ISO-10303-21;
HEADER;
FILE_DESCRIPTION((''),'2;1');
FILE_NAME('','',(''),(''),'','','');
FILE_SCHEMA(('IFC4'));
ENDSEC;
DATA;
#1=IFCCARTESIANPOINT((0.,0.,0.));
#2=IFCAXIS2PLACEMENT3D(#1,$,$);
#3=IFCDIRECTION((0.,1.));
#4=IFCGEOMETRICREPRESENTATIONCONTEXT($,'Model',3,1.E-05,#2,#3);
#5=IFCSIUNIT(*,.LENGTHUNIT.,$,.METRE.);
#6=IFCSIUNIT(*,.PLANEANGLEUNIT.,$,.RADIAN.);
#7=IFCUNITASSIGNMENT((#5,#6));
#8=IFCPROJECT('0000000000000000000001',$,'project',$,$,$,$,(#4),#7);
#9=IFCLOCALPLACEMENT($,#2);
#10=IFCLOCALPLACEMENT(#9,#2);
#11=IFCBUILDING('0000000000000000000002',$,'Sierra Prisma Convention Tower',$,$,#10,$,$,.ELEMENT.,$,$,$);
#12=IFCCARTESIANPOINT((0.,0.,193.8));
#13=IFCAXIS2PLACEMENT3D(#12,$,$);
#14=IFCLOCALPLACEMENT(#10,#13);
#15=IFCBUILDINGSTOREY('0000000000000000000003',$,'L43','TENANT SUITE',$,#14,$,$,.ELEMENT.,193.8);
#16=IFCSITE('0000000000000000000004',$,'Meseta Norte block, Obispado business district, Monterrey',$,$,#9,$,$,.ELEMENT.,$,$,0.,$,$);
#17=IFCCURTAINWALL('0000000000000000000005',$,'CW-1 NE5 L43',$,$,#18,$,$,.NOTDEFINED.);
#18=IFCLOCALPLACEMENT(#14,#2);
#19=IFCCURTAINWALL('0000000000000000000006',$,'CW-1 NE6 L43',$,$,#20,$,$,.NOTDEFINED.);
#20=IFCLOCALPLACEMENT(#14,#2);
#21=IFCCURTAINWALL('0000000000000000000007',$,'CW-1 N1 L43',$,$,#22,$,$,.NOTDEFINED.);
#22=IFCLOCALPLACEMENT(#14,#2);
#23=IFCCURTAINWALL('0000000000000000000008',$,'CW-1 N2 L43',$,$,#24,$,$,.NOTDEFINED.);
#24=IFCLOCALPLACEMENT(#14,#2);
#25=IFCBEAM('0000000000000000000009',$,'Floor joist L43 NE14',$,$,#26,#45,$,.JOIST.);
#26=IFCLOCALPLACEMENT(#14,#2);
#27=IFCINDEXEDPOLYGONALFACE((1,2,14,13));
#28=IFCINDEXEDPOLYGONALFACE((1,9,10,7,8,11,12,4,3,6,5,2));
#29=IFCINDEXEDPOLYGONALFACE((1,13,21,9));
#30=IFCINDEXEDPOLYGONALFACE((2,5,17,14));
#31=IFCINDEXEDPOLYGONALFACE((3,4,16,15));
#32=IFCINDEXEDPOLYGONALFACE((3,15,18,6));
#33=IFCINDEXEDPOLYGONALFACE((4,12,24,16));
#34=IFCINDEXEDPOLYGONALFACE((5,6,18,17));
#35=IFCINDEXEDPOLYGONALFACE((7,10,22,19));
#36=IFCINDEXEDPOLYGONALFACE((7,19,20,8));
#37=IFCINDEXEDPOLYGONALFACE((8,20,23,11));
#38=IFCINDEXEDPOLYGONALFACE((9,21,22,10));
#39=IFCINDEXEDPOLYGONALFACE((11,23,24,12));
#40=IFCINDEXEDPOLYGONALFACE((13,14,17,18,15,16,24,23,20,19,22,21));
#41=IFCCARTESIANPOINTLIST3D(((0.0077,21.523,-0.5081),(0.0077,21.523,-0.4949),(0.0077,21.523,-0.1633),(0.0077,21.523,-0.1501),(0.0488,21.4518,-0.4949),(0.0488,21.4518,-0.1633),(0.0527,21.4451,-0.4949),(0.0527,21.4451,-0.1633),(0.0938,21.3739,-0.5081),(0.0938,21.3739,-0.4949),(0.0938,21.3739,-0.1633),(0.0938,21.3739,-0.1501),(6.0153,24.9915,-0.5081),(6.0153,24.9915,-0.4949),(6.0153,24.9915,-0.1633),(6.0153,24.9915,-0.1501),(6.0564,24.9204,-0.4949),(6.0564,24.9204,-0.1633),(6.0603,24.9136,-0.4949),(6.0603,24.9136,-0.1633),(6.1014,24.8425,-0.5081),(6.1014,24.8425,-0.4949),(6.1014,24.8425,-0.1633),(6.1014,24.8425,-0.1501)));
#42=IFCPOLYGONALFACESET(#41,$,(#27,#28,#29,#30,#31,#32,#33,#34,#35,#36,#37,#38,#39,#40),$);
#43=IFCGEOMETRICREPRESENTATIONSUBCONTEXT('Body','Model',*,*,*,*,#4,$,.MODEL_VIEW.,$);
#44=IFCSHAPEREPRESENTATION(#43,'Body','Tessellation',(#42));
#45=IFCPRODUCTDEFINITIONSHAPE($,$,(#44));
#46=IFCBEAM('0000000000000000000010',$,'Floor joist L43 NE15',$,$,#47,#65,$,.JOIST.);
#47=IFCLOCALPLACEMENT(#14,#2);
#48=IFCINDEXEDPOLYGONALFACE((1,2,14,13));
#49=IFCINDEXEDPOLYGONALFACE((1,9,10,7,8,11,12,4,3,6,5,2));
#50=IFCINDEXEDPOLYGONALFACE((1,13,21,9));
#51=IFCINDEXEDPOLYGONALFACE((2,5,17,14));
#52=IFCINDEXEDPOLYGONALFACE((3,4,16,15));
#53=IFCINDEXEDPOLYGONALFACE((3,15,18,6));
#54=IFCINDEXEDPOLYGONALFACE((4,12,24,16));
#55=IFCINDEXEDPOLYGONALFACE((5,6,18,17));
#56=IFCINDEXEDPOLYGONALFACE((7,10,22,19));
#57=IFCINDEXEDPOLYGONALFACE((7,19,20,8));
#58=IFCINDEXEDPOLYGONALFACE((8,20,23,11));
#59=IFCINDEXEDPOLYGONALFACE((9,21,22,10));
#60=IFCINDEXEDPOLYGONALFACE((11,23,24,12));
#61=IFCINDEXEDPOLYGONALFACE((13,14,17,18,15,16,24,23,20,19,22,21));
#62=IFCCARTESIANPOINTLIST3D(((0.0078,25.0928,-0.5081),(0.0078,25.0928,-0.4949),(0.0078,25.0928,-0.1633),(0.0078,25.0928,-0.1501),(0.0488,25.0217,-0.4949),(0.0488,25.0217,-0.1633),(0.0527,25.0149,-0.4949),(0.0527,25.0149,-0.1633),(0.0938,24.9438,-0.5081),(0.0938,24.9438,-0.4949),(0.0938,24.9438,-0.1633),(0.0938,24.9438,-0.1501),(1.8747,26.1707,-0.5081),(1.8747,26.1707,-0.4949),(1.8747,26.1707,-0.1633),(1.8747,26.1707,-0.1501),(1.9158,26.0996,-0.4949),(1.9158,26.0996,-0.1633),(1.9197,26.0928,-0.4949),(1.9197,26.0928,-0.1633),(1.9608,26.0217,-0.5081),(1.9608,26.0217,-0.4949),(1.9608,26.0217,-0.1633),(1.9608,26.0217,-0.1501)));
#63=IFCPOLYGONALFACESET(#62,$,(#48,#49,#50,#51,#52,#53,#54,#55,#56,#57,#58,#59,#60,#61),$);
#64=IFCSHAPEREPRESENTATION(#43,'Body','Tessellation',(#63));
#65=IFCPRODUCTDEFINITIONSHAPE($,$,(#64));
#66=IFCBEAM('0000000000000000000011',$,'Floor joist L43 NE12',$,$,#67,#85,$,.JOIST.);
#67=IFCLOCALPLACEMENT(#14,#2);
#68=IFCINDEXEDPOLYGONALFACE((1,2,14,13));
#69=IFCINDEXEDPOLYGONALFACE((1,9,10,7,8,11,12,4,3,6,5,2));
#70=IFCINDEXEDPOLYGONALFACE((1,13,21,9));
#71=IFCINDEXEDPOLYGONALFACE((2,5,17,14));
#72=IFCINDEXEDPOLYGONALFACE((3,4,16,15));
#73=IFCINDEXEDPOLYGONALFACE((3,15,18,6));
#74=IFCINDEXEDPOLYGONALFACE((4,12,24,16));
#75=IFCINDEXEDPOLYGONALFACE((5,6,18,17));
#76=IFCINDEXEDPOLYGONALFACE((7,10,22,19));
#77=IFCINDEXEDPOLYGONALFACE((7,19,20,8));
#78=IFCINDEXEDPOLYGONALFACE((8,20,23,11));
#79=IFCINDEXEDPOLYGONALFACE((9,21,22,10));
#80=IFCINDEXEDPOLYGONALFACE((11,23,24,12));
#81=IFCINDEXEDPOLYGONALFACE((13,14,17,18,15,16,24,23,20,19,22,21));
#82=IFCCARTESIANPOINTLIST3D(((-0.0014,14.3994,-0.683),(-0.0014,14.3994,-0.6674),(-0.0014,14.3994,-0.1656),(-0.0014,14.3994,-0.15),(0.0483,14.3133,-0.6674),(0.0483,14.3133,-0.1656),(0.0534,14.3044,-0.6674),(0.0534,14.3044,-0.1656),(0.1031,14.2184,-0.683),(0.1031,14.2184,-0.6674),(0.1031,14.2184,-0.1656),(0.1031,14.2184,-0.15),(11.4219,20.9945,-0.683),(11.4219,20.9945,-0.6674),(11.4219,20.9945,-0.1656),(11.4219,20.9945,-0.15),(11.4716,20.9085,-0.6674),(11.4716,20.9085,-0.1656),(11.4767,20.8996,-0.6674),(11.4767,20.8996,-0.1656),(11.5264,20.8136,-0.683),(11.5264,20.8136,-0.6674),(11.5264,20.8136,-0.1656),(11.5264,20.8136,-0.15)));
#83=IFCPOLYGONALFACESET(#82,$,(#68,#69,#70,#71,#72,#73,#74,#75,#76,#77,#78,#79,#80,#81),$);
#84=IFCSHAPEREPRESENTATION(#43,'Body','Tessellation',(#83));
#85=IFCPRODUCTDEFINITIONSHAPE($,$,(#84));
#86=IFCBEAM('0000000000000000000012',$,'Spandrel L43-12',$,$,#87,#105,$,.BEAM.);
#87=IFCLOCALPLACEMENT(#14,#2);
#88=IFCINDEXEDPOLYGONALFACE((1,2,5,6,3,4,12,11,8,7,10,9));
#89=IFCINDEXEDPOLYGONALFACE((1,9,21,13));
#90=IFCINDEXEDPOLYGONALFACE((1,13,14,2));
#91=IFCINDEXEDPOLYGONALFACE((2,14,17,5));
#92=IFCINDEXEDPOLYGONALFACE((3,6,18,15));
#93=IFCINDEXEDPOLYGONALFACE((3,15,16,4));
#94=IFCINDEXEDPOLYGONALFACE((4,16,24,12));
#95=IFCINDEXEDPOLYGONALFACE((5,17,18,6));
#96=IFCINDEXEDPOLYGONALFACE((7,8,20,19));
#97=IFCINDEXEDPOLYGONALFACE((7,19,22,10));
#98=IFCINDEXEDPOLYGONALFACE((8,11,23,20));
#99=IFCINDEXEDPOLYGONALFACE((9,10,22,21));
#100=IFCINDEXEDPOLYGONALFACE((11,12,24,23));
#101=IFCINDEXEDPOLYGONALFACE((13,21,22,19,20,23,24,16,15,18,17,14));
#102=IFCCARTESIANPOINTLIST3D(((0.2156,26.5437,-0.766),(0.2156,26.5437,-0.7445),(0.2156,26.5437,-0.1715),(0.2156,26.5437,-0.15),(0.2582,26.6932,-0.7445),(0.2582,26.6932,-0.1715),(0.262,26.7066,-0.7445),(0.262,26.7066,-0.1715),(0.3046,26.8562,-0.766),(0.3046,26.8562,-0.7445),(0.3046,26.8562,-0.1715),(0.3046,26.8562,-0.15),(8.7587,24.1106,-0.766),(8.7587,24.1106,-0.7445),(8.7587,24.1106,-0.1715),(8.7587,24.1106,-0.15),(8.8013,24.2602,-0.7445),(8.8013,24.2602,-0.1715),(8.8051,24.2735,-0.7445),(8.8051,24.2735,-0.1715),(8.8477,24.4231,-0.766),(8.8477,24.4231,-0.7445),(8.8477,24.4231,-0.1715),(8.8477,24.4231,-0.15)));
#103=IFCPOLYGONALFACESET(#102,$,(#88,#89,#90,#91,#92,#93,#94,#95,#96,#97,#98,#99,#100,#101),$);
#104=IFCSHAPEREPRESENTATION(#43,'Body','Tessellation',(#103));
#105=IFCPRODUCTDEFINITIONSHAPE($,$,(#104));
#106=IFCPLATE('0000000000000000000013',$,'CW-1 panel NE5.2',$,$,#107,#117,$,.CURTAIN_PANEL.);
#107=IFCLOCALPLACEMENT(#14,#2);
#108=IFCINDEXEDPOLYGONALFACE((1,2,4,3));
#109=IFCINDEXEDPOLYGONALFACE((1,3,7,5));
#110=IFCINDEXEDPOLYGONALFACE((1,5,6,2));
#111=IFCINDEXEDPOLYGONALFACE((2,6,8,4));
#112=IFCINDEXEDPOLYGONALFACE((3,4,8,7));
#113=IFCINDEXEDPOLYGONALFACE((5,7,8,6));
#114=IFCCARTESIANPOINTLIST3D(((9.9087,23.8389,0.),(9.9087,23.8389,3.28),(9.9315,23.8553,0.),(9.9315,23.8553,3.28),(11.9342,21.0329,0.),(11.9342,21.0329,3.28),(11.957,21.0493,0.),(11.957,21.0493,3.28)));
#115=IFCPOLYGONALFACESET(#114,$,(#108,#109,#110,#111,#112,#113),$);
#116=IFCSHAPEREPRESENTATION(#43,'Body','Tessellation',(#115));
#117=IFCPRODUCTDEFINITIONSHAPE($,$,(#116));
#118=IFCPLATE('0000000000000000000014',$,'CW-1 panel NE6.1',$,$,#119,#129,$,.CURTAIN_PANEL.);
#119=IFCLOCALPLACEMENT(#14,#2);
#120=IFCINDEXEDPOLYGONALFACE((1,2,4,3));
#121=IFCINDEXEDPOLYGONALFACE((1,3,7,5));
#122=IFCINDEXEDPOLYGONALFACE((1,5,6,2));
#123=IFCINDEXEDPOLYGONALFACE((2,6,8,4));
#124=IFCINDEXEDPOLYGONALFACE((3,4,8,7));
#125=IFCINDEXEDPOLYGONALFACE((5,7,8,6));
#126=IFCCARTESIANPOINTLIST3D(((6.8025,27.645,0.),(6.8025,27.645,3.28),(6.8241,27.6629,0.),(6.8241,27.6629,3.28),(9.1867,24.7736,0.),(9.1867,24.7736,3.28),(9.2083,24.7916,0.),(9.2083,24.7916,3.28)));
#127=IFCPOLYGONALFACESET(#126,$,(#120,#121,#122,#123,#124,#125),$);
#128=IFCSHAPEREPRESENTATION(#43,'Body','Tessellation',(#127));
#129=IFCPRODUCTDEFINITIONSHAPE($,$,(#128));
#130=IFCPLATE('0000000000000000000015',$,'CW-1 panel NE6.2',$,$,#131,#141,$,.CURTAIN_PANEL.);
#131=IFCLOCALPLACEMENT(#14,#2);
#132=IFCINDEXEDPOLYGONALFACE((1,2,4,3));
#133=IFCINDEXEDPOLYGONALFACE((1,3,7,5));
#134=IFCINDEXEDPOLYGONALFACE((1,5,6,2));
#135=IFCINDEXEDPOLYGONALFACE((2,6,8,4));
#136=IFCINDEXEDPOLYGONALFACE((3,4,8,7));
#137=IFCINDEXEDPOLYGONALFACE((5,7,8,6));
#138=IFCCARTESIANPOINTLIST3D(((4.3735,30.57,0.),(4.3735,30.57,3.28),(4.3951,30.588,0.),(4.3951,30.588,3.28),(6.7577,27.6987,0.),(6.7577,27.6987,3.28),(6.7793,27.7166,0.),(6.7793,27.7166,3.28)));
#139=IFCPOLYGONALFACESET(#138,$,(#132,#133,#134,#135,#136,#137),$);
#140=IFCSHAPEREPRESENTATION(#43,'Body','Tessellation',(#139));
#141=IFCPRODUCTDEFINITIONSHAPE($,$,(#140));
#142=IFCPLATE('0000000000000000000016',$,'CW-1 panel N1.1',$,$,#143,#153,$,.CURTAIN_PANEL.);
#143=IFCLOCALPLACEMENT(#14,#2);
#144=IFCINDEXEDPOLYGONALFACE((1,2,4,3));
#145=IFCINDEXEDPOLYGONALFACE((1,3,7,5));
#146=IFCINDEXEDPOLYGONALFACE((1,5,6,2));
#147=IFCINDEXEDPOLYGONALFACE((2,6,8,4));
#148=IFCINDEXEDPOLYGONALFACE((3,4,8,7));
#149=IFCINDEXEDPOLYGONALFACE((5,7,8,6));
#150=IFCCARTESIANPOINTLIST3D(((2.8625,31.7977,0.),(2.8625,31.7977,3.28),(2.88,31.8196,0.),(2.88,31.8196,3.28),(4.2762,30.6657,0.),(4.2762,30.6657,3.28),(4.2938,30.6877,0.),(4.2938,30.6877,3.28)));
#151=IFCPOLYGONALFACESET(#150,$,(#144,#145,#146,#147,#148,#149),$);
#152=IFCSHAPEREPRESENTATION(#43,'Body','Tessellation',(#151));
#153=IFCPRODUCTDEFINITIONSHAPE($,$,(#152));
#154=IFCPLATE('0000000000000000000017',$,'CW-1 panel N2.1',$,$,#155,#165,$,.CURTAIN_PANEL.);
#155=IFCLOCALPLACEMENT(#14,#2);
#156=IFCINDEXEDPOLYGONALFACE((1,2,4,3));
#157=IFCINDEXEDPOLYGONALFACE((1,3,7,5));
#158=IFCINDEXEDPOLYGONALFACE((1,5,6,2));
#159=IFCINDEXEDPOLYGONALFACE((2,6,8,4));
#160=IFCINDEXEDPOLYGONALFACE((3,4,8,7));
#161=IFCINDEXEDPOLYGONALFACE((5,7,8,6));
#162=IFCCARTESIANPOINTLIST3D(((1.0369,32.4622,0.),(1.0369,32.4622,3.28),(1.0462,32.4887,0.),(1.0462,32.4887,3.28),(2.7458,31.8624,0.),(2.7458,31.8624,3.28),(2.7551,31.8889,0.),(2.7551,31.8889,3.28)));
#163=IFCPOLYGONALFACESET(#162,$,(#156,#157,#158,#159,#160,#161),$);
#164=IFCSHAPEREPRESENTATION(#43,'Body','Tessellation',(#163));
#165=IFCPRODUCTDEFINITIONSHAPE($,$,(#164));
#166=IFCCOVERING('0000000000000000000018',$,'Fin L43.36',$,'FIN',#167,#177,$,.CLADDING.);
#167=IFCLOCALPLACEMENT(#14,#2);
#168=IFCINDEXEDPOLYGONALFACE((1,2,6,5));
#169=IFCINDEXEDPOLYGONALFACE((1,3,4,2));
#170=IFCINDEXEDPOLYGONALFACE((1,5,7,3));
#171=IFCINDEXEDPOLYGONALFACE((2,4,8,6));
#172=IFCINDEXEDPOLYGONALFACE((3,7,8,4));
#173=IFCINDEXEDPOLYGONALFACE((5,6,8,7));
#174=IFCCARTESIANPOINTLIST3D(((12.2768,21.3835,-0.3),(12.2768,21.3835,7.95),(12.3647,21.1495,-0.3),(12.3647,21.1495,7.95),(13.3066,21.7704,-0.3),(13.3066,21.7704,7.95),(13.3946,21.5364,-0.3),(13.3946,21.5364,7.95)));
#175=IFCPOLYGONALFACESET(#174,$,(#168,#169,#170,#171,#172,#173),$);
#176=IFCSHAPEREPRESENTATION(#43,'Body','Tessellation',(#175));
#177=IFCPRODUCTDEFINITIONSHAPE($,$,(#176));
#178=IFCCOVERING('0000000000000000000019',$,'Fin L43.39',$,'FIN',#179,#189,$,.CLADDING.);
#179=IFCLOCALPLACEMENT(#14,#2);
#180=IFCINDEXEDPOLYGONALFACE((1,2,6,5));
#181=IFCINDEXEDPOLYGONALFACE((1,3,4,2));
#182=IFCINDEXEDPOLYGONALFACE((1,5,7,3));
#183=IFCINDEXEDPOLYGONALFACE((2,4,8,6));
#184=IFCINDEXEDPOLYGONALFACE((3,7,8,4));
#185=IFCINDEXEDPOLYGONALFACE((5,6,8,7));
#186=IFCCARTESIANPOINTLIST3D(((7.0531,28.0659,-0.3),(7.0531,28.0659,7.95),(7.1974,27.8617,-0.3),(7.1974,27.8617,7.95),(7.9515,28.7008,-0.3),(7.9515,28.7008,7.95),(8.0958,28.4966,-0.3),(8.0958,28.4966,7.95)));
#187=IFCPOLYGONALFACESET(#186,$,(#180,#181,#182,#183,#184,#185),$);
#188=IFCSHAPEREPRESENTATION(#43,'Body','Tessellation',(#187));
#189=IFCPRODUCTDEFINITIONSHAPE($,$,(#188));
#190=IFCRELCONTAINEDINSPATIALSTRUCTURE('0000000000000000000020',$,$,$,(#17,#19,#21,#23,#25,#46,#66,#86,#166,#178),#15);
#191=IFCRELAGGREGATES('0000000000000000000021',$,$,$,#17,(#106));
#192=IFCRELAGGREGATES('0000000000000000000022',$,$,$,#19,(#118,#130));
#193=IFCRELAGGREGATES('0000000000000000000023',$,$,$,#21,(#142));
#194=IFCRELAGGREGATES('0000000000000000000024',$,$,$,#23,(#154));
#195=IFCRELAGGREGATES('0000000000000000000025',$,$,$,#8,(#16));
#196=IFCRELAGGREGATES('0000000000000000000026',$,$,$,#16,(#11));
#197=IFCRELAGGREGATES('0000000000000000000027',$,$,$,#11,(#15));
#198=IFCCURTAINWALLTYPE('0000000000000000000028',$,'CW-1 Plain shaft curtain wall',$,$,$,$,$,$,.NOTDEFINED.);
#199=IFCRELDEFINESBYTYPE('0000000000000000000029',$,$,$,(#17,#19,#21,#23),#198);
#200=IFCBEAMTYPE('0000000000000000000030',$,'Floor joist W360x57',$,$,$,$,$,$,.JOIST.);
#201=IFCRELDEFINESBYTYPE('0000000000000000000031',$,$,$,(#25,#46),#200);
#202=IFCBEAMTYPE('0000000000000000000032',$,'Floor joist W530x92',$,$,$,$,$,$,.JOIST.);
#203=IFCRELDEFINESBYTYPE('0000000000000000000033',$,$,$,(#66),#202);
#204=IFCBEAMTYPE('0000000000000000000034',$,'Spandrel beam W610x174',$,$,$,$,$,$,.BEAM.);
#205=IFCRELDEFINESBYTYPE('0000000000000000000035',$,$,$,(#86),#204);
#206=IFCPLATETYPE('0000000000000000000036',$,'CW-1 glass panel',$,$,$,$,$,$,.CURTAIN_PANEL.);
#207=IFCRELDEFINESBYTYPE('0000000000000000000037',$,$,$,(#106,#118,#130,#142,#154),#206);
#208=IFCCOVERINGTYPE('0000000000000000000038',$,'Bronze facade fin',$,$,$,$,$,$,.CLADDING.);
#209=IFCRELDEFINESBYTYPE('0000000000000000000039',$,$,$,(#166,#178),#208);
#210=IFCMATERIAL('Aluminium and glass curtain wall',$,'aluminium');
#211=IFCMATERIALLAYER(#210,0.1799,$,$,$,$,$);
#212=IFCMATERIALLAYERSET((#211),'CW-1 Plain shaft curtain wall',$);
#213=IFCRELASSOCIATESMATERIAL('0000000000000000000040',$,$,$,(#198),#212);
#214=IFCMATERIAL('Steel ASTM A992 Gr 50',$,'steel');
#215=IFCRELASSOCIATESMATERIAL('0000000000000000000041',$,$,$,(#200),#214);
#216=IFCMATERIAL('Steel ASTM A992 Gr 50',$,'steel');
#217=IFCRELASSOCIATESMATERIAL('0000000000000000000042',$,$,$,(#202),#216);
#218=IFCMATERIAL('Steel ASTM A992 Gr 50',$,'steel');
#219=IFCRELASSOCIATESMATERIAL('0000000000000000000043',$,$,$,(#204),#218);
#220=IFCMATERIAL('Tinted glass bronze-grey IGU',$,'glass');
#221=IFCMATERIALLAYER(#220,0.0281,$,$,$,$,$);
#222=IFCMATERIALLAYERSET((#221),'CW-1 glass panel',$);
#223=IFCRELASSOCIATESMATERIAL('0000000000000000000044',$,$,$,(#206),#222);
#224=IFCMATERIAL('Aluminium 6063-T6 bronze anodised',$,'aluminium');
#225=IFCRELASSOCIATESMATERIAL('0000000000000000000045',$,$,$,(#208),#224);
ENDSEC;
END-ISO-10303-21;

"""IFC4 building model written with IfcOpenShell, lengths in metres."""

from ifc_helpers import new_model, si_unit, direction, frame, origin, origin_2d, place, context, subcontext, project, spatial, rectangle, i_section, extrude, material, layer, layer_set, material_profile, profile_set, type_object, element, aggregate, save


model = new_model("IFC4")

# Units and contexts
model_context = context("Model", 3, precision=1e-05, world=origin(), true_north=direction((0.0, 1.0)))
body_context = subcontext(model_context, "Body", "Model", "MODEL_VIEW")
ifc_project = project(units=[si_unit("LENGTHUNIT", "METRE"), si_unit("PLANEANGLEUNIT", "RADIAN")], contexts=[model_context])

# Site, building, storey
site_placement = place(None, origin())
site = spatial("IfcSite", under=ifc_project, at=site_placement, Name="Meseta Norte block, Obispado business district, Monterrey", CompositionType="ELEMENT", RefElevation=0.0)
building_placement = place(site_placement, origin())
building = spatial("IfcBuilding", under=site, at=building_placement, Name="Sierra Prisma Convention Tower", CompositionType="ELEMENT")
storey_placement = place(building_placement, frame((0.0, 0.0, 193.8)))
storey = spatial("IfcBuildingStorey", under=building, at=storey_placement, Name="L43", Description="TENANT SUITE", CompositionType="ELEMENT", Elevation=193.8)

# Curtain wall
ifc_material_1 = material(Name="Aluminium and glass curtain wall", Category="aluminium")
ifc_layer_1 = layer(ifc_material_1, 0.1799)
ifc_layer_set_1 = layer_set([ifc_layer_1], Name="CW-1 Plain shaft curtain wall")
curtain_wall_type = type_object("IfcCurtainWallType", Name="CW-1 Plain shaft curtain wall", PredefinedType="NOTDEFINED", material=ifc_layer_set_1)
curtain_wall_1_placement = place(storey_placement, origin())
curtain_wall_1 = element("IfcCurtainWall", 1, at=curtain_wall_1_placement, inside=storey, type_object=curtain_wall_type, Name="CW-1 NE5 L43", PredefinedType="NOTDEFINED")

# Curtain walls
curtain_wall_2_placement = place(storey_placement, origin())
curtain_wall_2 = element("IfcCurtainWall", 2, at=curtain_wall_2_placement, inside=storey, type_object=curtain_wall_type, Name="CW-1 NE6 L43", PredefinedType="NOTDEFINED")
curtain_wall_3_placement = place(storey_placement, origin())
curtain_wall_3 = element("IfcCurtainWall", 3, at=curtain_wall_3_placement, inside=storey, type_object=curtain_wall_type, Name="CW-1 N1 L43", PredefinedType="NOTDEFINED")
curtain_wall_4_placement = place(storey_placement, origin())
curtain_wall_4 = element("IfcCurtainWall", 4, at=curtain_wall_4_placement, inside=storey, type_object=curtain_wall_type, Name="CW-1 N2 L43", PredefinedType="NOTDEFINED")

# Beams
ifc_material_2 = material(Name="Steel ASTM A992 Gr 50", Category="steel")
ifc_material_profile_1 = material_profile(ifc_material_2, i_section(OverallWidth=0.1721, OverallDepth=0.3579, WebThickness=0.0078, FlangeThickness=0.0132, at=origin_2d()), Name="W360x57")
ifc_profile_set_1 = profile_set([ifc_material_profile_1], Name="Steel ASTM A992 Gr 50")
beam_type_1 = type_object("IfcBeamType", Name="Floor joist W360x57", PredefinedType="JOIST", material=ifc_profile_set_1)
beam_1_placement = place(storey_placement, frame((6.0583, 24.917, -0.3291), z_axis=(-0.866023, -0.500004, 0.0), x_axis=(0.500004, -0.866023, 0.0)))
element("IfcBeam", 5, at=beam_1_placement, inside=storey, type_object=beam_type_1, Name="Floor joist L43 NE14", PredefinedType="JOIST", context=body_context, shape_type="SweptSolid", body=[
    extrude(i_section(OverallWidth=0.1721, OverallDepth=0.3579, WebThickness=0.0078, FlangeThickness=0.0132, at=origin_2d()), origin(), (0.0, 0.0, 1.0), 6.937),
])
beam_2_placement = place(storey_placement, frame((1.9177, 26.0962, -0.3291), z_axis=(-0.866025, -0.5, 0.0), x_axis=(0.5, -0.866025, 0.0)))
element("IfcBeam", 6, at=beam_2_placement, inside=storey, type_object=beam_type_1, Name="Floor joist L43 NE15", PredefinedType="JOIST", context=body_context, shape_type="SweptSolid", body=[
    extrude(i_section(OverallWidth=0.1721, OverallDepth=0.3579, WebThickness=0.0078, FlangeThickness=0.0132, at=origin_2d()), origin(), (0.0, 0.0, 1.0), 2.1558),
])
ifc_material_3 = material(Name="Steel ASTM A992 Gr 50", Category="steel")
ifc_material_profile_2 = material_profile(ifc_material_3, i_section(OverallWidth=0.209, OverallDepth=0.533, WebThickness=0.0103, FlangeThickness=0.0156, at=origin_2d()), Name="W530x92")
ifc_profile_set_2 = profile_set([ifc_material_profile_2], Name="Steel ASTM A992 Gr 50")
beam_type_2 = type_object("IfcBeamType", Name="Floor joist W530x92", PredefinedType="JOIST", material=ifc_profile_set_2)
beam_3_placement = place(storey_placement, frame((11.4741, 20.9041, -0.4165), z_axis=(-0.866027, -0.499997, 0.0), x_axis=(0.499997, -0.866027, 0.0)))
element("IfcBeam", 7, at=beam_3_placement, inside=storey, type_object=beam_type_2, Name="Floor joist L43 NE12", PredefinedType="JOIST", context=body_context, shape_type="SweptSolid", body=[
    extrude(i_section(OverallWidth=0.209, OverallDepth=0.533, WebThickness=0.0103, FlangeThickness=0.0156, at=origin_2d()), origin(), (0.0, 0.0, 1.0), 13.1904),
])
ifc_material_4 = material(Name="Steel ASTM A992 Gr 50", Category="steel")
ifc_material_profile_3 = material_profile(ifc_material_4, i_section(OverallWidth=0.325, OverallDepth=0.616, WebThickness=0.0139, FlangeThickness=0.0215, at=origin_2d()), Name="W610x174")
ifc_profile_set_3 = profile_set([ifc_material_profile_3], Name="Steel ASTM A992 Gr 50")
beam_type_3 = type_object("IfcBeamType", Name="Spandrel beam W610x174", PredefinedType="BEAM", material=ifc_profile_set_3)
beam_4_placement = place(storey_placement, frame((8.8032, 24.2668, -0.458), z_axis=(-0.961756, 0.273908, 0.0), x_axis=(-0.273908, -0.961756, 0.0)))
element("IfcBeam", 8, at=beam_4_placement, inside=storey, type_object=beam_type_3, Name="Spandrel L43-12", PredefinedType="BEAM", context=body_context, shape_type="SweptSolid", body=[
    extrude(i_section(OverallWidth=0.325, OverallDepth=0.616, WebThickness=0.0139, FlangeThickness=0.0215, at=origin_2d()), origin(), (0.0, 0.0, 1.0), 8.8828),
])

# Plates
ifc_material_5 = material(Name="Tinted glass bronze-grey IGU", Category="glass")
ifc_layer_2 = layer(ifc_material_5, 0.0281)
ifc_layer_set_2 = layer_set([ifc_layer_2], Name="CW-1 glass panel")
plate_type = type_object("IfcPlateType", Name="CW-1 glass panel", PredefinedType="CURTAIN_PANEL", material=ifc_layer_set_2)
plate_1_placement = place(storey_placement, frame((10.9329, 22.4441, 0.0), z_axis=(0.0, 0.0, 1.0), x_axis=(-0.585277, 0.810833, 0.0)))
plate_1 = element("IfcPlate", 9, at=plate_1_placement, type_object=plate_type, Name="CW-1 panel NE5.2", PredefinedType="CURTAIN_PANEL", context=body_context, shape_type="SweptSolid", body=[
    extrude(rectangle(XDim=3.4607, YDim=0.0281, at=origin_2d()), origin(), (0.0, 0.0, 1.0), 3.28),
])
aggregate(curtain_wall_1, [plate_1])
plate_2_placement = place(storey_placement, frame((8.0054, 26.2183, 0.0), z_axis=(0.0, 0.0, 1.0), x_axis=(-0.638825, 0.769352, 0.0)))
plate_2 = element("IfcPlate", 10, at=plate_2_placement, type_object=plate_type, Name="CW-1 panel NE6.1", PredefinedType="CURTAIN_PANEL", context=body_context, shape_type="SweptSolid", body=[
    extrude(rectangle(XDim=3.7322, YDim=0.0281, at=origin_2d()), origin(), (0.0, 0.0, 1.0), 3.28),
])
plate_3_placement = place(storey_placement, frame((5.5764, 29.1433, 0.0), z_axis=(0.0, 0.0, 1.0), x_axis=(-0.638825, 0.769352, 0.0)))
plate_3 = element("IfcPlate", 11, at=plate_3_placement, type_object=plate_type, Name="CW-1 panel NE6.2", PredefinedType="CURTAIN_PANEL", context=body_context, shape_type="SweptSolid", body=[
    extrude(rectangle(XDim=3.7322, YDim=0.0281, at=origin_2d()), origin(), (0.0, 0.0, 1.0), 3.28),
])
aggregate(curtain_wall_2, [plate_2, plate_3])
plate_4_placement = place(storey_placement, frame((3.5781, 31.2427, 0.0), z_axis=(0.0, 0.0, 1.0), x_axis=(-0.780606, 0.625023, 0.0)))
plate_4 = element("IfcPlate", 12, at=plate_4_placement, type_object=plate_type, Name="CW-1 panel N1.1", PredefinedType="CURTAIN_PANEL", context=body_context, shape_type="SweptSolid", body=[
    extrude(rectangle(XDim=1.811, YDim=0.0281, at=origin_2d()), origin(), (0.0, 0.0, 1.0), 3.28),
])
aggregate(curtain_wall_3, [plate_4])
plate_5_placement = place(storey_placement, frame((1.896, 32.1755, 0.0), z_axis=(0.0, 0.0, 1.0), x_axis=(-0.943559, 0.331205, 0.0)))
plate_5 = element("IfcPlate", 13, at=plate_5_placement, type_object=plate_type, Name="CW-1 panel N2.1", PredefinedType="CURTAIN_PANEL", context=body_context, shape_type="SweptSolid", body=[
    extrude(rectangle(XDim=1.811, YDim=0.0281, at=origin_2d()), origin(), (0.0, 0.0, 1.0), 3.28),
])
aggregate(curtain_wall_4, [plate_5])

# Coverings
ifc_material_6 = material(Name="Aluminium 6063-T6 bronze anodised", Category="aluminium")
ifc_material_profile_4 = material_profile(ifc_material_6, rectangle(XDim=1.1001, YDim=0.25, at=origin_2d()), Name="ALU FIN 1100x250")
ifc_profile_set_4 = profile_set([ifc_material_profile_4], Name="Aluminium 6063-T6 bronze anodised")
covering_type = type_object("IfcCoveringType", Name="Bronze facade fin", PredefinedType="CLADDING", material=ifc_profile_set_4)
for number, where, z_axis, x_axis, name in (
    (14, (12.8357, 21.46, -0.3), (0.0, 0.0, 1.0), (0.936123, 0.351673, 0.0), "Fin L43.36"),
    (15, (7.5745, 28.2812, -0.3), (0.0, 0.0, 1.0), (0.816665, 0.577113, 0.0), "Fin L43.39"),
):
    element("IfcCovering", number, at=place(storey_placement, frame(where, z_axis=z_axis, x_axis=x_axis)), inside=storey, type_object=covering_type, Name=name, ObjectType="FIN", PredefinedType="CLADDING", context=body_context, shape_type="SweptSolid", body=[
        extrude(rectangle(XDim=1.1001, YDim=0.25, at=origin_2d()), origin(), (0.0, 0.0, 1.0), 8.25),
    ])

save(model, "model.ifc")
